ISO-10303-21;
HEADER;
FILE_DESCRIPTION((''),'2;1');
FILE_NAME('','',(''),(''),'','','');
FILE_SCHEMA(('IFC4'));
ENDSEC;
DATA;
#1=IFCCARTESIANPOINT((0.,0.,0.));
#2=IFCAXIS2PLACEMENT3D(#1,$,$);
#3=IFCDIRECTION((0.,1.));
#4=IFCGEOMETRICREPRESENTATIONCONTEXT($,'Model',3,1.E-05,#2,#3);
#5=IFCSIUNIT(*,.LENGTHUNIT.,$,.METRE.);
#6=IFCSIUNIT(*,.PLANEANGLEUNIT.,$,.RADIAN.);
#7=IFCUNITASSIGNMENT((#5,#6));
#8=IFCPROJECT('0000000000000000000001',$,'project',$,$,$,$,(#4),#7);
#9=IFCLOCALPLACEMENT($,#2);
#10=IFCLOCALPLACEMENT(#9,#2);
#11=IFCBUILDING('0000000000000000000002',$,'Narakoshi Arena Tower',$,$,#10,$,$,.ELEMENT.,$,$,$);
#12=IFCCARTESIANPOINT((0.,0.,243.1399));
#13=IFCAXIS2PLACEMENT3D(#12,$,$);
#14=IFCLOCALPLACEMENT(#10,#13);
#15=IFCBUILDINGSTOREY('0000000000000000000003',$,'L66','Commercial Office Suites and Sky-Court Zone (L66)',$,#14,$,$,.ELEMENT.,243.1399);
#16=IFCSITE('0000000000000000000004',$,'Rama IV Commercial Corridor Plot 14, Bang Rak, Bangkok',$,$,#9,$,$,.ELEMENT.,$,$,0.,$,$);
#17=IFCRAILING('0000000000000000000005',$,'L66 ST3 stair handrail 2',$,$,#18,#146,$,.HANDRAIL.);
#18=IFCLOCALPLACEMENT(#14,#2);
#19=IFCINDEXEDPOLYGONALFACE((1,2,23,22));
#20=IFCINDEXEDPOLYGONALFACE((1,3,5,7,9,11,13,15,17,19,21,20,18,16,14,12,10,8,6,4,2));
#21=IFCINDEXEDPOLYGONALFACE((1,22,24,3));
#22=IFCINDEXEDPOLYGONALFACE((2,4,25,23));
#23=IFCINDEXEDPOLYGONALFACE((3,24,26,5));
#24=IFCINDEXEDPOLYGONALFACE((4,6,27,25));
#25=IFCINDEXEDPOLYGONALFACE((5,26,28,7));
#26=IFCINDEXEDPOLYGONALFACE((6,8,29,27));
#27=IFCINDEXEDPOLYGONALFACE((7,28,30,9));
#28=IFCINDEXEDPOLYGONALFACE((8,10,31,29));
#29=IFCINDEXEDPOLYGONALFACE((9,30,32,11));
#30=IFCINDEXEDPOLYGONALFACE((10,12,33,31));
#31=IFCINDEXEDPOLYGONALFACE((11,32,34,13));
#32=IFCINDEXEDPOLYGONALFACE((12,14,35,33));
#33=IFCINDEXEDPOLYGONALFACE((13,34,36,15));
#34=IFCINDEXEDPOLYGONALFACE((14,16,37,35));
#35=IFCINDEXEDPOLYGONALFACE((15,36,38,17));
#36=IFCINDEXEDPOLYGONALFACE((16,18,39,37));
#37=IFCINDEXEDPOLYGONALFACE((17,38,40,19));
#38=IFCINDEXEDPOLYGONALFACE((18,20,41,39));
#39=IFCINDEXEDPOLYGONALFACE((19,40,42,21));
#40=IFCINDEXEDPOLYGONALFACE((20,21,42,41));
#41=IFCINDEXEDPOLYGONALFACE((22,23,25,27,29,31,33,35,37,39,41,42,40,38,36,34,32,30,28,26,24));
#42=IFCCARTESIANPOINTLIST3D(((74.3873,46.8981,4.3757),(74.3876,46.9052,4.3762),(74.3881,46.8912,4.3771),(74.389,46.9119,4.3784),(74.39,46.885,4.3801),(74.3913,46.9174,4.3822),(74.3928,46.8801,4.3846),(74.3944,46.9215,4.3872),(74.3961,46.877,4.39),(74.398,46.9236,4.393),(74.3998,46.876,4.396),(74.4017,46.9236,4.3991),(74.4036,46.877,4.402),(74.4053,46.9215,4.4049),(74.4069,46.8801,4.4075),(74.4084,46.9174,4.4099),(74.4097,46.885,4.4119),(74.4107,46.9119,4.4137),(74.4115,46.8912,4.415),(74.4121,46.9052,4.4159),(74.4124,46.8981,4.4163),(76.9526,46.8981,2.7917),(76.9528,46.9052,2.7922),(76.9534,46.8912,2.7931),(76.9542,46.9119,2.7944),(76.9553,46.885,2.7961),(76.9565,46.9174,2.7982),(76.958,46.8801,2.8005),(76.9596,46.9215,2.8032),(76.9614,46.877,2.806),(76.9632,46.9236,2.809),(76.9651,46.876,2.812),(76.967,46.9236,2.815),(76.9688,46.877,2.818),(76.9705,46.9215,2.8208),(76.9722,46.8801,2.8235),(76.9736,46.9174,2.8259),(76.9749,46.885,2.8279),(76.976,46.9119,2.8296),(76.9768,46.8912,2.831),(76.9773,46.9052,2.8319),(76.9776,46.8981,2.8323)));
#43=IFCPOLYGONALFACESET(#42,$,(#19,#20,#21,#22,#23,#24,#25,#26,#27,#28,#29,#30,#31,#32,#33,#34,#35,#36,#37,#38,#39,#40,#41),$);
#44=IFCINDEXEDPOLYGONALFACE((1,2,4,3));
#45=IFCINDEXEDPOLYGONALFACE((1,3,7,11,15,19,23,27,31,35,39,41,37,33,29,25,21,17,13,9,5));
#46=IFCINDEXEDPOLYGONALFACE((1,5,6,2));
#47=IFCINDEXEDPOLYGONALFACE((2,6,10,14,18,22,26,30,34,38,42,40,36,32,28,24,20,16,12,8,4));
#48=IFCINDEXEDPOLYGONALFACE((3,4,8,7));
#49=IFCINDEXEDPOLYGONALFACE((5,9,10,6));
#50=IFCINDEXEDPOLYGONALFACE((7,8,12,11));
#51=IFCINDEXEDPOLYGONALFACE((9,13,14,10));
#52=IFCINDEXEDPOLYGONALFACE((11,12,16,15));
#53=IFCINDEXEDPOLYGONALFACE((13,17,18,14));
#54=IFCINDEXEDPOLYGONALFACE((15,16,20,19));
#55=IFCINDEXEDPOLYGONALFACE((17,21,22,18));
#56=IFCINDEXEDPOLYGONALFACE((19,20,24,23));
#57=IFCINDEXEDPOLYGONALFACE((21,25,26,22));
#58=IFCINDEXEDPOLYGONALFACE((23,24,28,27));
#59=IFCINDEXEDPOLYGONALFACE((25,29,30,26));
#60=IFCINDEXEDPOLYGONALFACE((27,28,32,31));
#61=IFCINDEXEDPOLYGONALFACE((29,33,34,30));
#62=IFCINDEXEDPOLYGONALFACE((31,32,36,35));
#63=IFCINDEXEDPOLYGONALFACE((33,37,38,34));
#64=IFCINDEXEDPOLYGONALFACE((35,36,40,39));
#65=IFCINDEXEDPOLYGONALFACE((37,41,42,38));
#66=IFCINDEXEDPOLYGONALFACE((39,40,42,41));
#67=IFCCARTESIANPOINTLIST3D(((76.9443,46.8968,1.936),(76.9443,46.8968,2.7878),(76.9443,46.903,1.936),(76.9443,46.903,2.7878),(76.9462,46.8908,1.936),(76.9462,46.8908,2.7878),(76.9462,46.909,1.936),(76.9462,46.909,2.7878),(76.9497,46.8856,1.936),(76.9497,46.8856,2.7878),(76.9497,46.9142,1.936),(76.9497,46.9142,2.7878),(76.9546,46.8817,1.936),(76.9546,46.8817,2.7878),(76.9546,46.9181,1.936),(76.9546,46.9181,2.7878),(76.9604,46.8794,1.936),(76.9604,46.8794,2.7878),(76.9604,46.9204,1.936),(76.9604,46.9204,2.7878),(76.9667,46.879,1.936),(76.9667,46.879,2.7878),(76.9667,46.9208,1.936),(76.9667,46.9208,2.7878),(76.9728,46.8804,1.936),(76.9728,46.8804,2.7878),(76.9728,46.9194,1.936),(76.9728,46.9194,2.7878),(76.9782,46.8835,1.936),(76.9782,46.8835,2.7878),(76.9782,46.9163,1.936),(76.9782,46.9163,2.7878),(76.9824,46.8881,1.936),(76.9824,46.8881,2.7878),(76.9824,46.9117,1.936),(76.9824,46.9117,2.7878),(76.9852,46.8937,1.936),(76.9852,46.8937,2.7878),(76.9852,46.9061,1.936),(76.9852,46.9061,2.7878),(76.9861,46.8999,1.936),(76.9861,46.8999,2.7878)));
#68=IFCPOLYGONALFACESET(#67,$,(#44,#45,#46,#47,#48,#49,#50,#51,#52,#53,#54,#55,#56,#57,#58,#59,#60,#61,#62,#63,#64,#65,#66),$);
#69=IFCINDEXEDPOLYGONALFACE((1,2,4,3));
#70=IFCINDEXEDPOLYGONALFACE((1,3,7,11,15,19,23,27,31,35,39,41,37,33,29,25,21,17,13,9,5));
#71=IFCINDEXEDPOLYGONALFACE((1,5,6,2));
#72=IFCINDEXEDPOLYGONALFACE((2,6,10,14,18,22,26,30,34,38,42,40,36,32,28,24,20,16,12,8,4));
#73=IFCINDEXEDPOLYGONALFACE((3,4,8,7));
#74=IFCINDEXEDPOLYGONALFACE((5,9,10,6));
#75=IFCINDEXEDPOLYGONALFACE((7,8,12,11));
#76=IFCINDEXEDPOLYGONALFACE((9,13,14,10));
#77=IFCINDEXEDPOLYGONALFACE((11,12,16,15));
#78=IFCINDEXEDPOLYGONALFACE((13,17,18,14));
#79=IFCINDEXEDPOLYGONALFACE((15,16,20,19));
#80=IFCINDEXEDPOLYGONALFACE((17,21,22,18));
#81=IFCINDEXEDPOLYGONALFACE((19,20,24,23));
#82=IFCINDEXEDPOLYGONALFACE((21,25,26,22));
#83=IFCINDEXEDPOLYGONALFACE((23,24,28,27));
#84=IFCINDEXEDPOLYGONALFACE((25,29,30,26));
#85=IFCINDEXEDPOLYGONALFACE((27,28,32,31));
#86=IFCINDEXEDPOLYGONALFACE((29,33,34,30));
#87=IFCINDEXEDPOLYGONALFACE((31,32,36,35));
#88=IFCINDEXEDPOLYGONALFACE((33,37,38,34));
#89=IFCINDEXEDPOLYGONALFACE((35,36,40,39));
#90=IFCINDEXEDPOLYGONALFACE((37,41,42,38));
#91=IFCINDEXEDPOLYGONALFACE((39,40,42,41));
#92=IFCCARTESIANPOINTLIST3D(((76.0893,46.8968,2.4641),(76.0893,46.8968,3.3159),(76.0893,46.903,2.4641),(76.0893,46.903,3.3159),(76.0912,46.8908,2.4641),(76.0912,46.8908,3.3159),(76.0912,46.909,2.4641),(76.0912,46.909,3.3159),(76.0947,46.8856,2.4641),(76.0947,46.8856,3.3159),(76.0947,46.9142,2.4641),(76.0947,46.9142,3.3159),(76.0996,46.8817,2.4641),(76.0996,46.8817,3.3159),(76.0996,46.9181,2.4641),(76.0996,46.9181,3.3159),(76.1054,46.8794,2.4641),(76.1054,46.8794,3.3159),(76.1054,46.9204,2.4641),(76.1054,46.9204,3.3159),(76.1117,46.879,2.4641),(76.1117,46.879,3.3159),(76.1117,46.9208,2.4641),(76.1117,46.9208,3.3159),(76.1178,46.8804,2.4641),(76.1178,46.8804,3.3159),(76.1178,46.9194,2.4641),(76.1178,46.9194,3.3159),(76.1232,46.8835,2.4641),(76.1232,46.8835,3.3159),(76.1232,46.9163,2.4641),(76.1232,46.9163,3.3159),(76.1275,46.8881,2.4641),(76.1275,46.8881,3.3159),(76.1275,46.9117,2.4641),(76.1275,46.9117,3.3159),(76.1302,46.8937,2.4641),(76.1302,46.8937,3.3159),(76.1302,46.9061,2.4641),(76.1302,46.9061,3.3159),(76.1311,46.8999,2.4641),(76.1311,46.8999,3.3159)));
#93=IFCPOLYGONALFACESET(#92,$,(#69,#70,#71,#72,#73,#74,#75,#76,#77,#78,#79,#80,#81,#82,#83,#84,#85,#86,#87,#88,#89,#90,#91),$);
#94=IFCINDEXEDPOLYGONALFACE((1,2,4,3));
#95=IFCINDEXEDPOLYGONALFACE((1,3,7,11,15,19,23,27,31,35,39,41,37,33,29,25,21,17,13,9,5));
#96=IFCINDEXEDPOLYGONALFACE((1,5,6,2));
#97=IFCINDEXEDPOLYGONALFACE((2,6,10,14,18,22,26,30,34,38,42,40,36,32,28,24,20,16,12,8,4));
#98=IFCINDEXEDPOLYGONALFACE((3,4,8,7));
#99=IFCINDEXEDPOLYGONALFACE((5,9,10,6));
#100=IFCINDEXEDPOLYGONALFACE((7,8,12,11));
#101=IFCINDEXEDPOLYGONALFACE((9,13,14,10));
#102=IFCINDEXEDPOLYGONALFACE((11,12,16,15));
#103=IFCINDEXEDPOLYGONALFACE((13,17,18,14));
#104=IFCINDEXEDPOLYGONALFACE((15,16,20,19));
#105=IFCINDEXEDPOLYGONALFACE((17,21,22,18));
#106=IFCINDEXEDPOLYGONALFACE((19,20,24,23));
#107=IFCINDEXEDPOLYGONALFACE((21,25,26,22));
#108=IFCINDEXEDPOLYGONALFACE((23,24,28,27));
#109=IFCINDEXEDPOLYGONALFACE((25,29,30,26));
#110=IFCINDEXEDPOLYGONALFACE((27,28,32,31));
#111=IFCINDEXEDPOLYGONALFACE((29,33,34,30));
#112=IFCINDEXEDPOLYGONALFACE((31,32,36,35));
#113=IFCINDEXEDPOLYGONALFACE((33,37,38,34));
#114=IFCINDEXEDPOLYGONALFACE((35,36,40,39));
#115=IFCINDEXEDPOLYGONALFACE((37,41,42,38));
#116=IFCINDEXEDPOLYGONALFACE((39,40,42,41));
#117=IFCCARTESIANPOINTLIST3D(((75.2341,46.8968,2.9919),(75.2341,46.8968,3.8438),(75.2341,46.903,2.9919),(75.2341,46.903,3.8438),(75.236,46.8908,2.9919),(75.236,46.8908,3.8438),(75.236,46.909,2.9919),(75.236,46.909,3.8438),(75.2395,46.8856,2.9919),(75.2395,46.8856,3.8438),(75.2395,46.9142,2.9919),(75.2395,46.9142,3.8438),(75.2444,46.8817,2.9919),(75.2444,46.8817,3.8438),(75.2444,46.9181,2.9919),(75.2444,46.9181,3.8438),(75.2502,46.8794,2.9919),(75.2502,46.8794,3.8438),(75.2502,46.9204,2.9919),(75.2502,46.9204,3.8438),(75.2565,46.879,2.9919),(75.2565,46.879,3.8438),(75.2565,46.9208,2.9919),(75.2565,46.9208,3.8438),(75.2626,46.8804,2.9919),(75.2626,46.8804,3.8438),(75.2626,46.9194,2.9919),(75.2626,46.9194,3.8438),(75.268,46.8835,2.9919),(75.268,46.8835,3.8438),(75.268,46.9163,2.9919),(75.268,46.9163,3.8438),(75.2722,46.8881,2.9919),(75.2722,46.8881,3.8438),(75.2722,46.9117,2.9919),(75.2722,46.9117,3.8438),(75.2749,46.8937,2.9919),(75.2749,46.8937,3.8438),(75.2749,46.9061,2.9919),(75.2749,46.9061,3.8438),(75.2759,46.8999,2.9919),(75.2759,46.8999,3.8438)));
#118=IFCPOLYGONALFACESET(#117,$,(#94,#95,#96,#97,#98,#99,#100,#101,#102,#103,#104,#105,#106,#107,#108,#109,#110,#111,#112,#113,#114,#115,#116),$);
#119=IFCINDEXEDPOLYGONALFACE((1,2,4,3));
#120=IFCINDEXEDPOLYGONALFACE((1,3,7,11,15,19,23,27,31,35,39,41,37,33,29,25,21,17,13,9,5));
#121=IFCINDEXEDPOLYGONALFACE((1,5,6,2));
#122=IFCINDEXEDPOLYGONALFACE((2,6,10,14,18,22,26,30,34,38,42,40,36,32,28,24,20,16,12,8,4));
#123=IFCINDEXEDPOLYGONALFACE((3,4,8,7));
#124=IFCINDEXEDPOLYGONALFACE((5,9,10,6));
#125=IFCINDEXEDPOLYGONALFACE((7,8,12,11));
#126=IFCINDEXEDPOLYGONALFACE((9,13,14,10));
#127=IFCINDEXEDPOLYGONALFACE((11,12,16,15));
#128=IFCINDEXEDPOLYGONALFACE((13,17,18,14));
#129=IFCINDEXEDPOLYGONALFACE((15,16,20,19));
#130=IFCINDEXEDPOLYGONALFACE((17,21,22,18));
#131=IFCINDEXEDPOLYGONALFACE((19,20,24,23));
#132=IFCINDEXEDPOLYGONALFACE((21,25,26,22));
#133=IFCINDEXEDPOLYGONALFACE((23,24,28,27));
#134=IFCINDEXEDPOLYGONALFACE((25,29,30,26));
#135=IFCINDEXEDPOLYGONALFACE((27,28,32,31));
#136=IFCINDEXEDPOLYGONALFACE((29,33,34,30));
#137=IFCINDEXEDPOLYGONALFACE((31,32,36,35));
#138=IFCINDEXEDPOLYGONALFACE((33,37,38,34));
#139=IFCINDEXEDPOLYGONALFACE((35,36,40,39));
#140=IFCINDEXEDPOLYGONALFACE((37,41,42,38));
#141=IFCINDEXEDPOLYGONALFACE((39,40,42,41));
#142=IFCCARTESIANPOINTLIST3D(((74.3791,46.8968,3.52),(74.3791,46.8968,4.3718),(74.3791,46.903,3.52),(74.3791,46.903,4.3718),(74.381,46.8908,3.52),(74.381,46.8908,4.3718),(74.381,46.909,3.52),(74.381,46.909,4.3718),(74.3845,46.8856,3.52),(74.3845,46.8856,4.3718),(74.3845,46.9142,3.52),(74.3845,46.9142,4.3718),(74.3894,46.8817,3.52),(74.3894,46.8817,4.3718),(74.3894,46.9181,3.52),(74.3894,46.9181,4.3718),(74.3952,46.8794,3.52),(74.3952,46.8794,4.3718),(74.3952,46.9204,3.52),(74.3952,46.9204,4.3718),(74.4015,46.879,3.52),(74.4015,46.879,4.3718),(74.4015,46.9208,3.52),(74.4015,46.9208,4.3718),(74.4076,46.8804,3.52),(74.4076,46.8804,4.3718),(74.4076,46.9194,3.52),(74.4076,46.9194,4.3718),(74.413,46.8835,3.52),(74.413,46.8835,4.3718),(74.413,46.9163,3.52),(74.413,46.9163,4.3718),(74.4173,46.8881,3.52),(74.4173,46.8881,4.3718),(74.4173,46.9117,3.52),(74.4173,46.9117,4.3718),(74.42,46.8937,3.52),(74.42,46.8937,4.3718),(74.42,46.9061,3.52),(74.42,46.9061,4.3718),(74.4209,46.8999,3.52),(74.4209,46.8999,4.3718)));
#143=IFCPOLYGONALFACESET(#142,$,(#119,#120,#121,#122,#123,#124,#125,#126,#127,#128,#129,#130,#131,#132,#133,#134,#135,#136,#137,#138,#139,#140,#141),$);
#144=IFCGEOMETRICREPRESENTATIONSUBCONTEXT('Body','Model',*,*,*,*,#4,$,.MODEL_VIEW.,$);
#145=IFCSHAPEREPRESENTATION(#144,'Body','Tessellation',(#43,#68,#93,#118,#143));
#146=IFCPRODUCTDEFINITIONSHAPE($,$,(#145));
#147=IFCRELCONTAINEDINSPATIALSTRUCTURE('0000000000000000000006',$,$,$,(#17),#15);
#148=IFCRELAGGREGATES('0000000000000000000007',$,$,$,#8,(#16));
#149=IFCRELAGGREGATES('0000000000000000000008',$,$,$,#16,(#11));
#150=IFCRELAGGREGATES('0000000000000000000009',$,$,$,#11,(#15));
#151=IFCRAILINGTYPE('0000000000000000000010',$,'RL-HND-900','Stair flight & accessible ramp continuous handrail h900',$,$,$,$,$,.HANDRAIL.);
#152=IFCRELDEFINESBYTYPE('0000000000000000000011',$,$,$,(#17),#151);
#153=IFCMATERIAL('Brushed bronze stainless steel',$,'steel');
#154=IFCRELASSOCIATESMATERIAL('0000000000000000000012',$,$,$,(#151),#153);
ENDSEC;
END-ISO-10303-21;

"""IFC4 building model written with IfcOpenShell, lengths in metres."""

from ifc_helpers import new_model, si_unit, direction, frame, origin, origin_2d, place, context, subcontext, project, spatial, circle, extrude, material, type_object, element, save


model = new_model("IFC4")

# Units and contexts
model_context = context("Model", 3, precision=1e-05, world=origin(), true_north=direction((0.0, 1.0)))
body_context = subcontext(model_context, "Body", "Model", "MODEL_VIEW")
ifc_project = project(units=[si_unit("LENGTHUNIT", "METRE"), si_unit("PLANEANGLEUNIT", "RADIAN")], contexts=[model_context])

# Site, building, storey
site_placement = place(None, origin())
site = spatial("IfcSite", under=ifc_project, at=site_placement, Name="Rama IV Commercial Corridor Plot 14, Bang Rak, Bangkok", CompositionType="ELEMENT", RefElevation=0.0)
building_placement = place(site_placement, origin())
building = spatial("IfcBuilding", under=site, at=building_placement, Name="Narakoshi Arena Tower", CompositionType="ELEMENT")
storey_placement = place(building_placement, frame((0.0, 0.0, 243.1399)))
storey = spatial("IfcBuildingStorey", under=building, at=storey_placement, Name="L66", Description="Commercial Office Suites and Sky-Court Zone (L66)", CompositionType="ELEMENT", Elevation=243.1399)

# Shared definitions
ifc_material_1 = material(Name="Brushed bronze stainless steel", Category="steel")

# Railing
railing_type = type_object("IfcRailingType", Name="RL-HND-900", Description="Stair flight & accessible ramp continuous handrail h900", PredefinedType="HANDRAIL", material=ifc_material_1)
railing_placement = place(storey_placement, frame((76.9651, 46.8999, 1.936)))
element("IfcRailing", 1, at=railing_placement, inside=storey, type_object=railing_type, Name="L66 ST3 stair handrail 2", PredefinedType="HANDRAIL", context=body_context, shape_type="SweptSolid", body=[
    extrude(circle(Radius=0.0239, at=origin_2d()), frame((0.0, 0.0, 0.876), z_axis=(-0.850857, 0.0, 0.525398), x_axis=(0.0, -1.0, 0.0)), (0.0, 0.0, 1.0), 3.0149),
    extrude(circle(Radius=0.021, at=origin_2d()), origin(), (0.0, 0.0, 1.0), 0.8518),
    extrude(circle(Radius=0.021, at=origin_2d()), frame((-0.855, 0.0, 0.5281)), (0.0, 0.0, 1.0), 0.8518),
    extrude(circle(Radius=0.021, at=origin_2d()), frame((-1.7102, 0.0, 1.0559)), (0.0, 0.0, 1.0), 0.8518),
    extrude(circle(Radius=0.021, at=origin_2d()), frame((-2.5652, 0.0, 1.584)), (0.0, 0.0, 1.0), 0.8518),
])

save(model, "model.ifc")
